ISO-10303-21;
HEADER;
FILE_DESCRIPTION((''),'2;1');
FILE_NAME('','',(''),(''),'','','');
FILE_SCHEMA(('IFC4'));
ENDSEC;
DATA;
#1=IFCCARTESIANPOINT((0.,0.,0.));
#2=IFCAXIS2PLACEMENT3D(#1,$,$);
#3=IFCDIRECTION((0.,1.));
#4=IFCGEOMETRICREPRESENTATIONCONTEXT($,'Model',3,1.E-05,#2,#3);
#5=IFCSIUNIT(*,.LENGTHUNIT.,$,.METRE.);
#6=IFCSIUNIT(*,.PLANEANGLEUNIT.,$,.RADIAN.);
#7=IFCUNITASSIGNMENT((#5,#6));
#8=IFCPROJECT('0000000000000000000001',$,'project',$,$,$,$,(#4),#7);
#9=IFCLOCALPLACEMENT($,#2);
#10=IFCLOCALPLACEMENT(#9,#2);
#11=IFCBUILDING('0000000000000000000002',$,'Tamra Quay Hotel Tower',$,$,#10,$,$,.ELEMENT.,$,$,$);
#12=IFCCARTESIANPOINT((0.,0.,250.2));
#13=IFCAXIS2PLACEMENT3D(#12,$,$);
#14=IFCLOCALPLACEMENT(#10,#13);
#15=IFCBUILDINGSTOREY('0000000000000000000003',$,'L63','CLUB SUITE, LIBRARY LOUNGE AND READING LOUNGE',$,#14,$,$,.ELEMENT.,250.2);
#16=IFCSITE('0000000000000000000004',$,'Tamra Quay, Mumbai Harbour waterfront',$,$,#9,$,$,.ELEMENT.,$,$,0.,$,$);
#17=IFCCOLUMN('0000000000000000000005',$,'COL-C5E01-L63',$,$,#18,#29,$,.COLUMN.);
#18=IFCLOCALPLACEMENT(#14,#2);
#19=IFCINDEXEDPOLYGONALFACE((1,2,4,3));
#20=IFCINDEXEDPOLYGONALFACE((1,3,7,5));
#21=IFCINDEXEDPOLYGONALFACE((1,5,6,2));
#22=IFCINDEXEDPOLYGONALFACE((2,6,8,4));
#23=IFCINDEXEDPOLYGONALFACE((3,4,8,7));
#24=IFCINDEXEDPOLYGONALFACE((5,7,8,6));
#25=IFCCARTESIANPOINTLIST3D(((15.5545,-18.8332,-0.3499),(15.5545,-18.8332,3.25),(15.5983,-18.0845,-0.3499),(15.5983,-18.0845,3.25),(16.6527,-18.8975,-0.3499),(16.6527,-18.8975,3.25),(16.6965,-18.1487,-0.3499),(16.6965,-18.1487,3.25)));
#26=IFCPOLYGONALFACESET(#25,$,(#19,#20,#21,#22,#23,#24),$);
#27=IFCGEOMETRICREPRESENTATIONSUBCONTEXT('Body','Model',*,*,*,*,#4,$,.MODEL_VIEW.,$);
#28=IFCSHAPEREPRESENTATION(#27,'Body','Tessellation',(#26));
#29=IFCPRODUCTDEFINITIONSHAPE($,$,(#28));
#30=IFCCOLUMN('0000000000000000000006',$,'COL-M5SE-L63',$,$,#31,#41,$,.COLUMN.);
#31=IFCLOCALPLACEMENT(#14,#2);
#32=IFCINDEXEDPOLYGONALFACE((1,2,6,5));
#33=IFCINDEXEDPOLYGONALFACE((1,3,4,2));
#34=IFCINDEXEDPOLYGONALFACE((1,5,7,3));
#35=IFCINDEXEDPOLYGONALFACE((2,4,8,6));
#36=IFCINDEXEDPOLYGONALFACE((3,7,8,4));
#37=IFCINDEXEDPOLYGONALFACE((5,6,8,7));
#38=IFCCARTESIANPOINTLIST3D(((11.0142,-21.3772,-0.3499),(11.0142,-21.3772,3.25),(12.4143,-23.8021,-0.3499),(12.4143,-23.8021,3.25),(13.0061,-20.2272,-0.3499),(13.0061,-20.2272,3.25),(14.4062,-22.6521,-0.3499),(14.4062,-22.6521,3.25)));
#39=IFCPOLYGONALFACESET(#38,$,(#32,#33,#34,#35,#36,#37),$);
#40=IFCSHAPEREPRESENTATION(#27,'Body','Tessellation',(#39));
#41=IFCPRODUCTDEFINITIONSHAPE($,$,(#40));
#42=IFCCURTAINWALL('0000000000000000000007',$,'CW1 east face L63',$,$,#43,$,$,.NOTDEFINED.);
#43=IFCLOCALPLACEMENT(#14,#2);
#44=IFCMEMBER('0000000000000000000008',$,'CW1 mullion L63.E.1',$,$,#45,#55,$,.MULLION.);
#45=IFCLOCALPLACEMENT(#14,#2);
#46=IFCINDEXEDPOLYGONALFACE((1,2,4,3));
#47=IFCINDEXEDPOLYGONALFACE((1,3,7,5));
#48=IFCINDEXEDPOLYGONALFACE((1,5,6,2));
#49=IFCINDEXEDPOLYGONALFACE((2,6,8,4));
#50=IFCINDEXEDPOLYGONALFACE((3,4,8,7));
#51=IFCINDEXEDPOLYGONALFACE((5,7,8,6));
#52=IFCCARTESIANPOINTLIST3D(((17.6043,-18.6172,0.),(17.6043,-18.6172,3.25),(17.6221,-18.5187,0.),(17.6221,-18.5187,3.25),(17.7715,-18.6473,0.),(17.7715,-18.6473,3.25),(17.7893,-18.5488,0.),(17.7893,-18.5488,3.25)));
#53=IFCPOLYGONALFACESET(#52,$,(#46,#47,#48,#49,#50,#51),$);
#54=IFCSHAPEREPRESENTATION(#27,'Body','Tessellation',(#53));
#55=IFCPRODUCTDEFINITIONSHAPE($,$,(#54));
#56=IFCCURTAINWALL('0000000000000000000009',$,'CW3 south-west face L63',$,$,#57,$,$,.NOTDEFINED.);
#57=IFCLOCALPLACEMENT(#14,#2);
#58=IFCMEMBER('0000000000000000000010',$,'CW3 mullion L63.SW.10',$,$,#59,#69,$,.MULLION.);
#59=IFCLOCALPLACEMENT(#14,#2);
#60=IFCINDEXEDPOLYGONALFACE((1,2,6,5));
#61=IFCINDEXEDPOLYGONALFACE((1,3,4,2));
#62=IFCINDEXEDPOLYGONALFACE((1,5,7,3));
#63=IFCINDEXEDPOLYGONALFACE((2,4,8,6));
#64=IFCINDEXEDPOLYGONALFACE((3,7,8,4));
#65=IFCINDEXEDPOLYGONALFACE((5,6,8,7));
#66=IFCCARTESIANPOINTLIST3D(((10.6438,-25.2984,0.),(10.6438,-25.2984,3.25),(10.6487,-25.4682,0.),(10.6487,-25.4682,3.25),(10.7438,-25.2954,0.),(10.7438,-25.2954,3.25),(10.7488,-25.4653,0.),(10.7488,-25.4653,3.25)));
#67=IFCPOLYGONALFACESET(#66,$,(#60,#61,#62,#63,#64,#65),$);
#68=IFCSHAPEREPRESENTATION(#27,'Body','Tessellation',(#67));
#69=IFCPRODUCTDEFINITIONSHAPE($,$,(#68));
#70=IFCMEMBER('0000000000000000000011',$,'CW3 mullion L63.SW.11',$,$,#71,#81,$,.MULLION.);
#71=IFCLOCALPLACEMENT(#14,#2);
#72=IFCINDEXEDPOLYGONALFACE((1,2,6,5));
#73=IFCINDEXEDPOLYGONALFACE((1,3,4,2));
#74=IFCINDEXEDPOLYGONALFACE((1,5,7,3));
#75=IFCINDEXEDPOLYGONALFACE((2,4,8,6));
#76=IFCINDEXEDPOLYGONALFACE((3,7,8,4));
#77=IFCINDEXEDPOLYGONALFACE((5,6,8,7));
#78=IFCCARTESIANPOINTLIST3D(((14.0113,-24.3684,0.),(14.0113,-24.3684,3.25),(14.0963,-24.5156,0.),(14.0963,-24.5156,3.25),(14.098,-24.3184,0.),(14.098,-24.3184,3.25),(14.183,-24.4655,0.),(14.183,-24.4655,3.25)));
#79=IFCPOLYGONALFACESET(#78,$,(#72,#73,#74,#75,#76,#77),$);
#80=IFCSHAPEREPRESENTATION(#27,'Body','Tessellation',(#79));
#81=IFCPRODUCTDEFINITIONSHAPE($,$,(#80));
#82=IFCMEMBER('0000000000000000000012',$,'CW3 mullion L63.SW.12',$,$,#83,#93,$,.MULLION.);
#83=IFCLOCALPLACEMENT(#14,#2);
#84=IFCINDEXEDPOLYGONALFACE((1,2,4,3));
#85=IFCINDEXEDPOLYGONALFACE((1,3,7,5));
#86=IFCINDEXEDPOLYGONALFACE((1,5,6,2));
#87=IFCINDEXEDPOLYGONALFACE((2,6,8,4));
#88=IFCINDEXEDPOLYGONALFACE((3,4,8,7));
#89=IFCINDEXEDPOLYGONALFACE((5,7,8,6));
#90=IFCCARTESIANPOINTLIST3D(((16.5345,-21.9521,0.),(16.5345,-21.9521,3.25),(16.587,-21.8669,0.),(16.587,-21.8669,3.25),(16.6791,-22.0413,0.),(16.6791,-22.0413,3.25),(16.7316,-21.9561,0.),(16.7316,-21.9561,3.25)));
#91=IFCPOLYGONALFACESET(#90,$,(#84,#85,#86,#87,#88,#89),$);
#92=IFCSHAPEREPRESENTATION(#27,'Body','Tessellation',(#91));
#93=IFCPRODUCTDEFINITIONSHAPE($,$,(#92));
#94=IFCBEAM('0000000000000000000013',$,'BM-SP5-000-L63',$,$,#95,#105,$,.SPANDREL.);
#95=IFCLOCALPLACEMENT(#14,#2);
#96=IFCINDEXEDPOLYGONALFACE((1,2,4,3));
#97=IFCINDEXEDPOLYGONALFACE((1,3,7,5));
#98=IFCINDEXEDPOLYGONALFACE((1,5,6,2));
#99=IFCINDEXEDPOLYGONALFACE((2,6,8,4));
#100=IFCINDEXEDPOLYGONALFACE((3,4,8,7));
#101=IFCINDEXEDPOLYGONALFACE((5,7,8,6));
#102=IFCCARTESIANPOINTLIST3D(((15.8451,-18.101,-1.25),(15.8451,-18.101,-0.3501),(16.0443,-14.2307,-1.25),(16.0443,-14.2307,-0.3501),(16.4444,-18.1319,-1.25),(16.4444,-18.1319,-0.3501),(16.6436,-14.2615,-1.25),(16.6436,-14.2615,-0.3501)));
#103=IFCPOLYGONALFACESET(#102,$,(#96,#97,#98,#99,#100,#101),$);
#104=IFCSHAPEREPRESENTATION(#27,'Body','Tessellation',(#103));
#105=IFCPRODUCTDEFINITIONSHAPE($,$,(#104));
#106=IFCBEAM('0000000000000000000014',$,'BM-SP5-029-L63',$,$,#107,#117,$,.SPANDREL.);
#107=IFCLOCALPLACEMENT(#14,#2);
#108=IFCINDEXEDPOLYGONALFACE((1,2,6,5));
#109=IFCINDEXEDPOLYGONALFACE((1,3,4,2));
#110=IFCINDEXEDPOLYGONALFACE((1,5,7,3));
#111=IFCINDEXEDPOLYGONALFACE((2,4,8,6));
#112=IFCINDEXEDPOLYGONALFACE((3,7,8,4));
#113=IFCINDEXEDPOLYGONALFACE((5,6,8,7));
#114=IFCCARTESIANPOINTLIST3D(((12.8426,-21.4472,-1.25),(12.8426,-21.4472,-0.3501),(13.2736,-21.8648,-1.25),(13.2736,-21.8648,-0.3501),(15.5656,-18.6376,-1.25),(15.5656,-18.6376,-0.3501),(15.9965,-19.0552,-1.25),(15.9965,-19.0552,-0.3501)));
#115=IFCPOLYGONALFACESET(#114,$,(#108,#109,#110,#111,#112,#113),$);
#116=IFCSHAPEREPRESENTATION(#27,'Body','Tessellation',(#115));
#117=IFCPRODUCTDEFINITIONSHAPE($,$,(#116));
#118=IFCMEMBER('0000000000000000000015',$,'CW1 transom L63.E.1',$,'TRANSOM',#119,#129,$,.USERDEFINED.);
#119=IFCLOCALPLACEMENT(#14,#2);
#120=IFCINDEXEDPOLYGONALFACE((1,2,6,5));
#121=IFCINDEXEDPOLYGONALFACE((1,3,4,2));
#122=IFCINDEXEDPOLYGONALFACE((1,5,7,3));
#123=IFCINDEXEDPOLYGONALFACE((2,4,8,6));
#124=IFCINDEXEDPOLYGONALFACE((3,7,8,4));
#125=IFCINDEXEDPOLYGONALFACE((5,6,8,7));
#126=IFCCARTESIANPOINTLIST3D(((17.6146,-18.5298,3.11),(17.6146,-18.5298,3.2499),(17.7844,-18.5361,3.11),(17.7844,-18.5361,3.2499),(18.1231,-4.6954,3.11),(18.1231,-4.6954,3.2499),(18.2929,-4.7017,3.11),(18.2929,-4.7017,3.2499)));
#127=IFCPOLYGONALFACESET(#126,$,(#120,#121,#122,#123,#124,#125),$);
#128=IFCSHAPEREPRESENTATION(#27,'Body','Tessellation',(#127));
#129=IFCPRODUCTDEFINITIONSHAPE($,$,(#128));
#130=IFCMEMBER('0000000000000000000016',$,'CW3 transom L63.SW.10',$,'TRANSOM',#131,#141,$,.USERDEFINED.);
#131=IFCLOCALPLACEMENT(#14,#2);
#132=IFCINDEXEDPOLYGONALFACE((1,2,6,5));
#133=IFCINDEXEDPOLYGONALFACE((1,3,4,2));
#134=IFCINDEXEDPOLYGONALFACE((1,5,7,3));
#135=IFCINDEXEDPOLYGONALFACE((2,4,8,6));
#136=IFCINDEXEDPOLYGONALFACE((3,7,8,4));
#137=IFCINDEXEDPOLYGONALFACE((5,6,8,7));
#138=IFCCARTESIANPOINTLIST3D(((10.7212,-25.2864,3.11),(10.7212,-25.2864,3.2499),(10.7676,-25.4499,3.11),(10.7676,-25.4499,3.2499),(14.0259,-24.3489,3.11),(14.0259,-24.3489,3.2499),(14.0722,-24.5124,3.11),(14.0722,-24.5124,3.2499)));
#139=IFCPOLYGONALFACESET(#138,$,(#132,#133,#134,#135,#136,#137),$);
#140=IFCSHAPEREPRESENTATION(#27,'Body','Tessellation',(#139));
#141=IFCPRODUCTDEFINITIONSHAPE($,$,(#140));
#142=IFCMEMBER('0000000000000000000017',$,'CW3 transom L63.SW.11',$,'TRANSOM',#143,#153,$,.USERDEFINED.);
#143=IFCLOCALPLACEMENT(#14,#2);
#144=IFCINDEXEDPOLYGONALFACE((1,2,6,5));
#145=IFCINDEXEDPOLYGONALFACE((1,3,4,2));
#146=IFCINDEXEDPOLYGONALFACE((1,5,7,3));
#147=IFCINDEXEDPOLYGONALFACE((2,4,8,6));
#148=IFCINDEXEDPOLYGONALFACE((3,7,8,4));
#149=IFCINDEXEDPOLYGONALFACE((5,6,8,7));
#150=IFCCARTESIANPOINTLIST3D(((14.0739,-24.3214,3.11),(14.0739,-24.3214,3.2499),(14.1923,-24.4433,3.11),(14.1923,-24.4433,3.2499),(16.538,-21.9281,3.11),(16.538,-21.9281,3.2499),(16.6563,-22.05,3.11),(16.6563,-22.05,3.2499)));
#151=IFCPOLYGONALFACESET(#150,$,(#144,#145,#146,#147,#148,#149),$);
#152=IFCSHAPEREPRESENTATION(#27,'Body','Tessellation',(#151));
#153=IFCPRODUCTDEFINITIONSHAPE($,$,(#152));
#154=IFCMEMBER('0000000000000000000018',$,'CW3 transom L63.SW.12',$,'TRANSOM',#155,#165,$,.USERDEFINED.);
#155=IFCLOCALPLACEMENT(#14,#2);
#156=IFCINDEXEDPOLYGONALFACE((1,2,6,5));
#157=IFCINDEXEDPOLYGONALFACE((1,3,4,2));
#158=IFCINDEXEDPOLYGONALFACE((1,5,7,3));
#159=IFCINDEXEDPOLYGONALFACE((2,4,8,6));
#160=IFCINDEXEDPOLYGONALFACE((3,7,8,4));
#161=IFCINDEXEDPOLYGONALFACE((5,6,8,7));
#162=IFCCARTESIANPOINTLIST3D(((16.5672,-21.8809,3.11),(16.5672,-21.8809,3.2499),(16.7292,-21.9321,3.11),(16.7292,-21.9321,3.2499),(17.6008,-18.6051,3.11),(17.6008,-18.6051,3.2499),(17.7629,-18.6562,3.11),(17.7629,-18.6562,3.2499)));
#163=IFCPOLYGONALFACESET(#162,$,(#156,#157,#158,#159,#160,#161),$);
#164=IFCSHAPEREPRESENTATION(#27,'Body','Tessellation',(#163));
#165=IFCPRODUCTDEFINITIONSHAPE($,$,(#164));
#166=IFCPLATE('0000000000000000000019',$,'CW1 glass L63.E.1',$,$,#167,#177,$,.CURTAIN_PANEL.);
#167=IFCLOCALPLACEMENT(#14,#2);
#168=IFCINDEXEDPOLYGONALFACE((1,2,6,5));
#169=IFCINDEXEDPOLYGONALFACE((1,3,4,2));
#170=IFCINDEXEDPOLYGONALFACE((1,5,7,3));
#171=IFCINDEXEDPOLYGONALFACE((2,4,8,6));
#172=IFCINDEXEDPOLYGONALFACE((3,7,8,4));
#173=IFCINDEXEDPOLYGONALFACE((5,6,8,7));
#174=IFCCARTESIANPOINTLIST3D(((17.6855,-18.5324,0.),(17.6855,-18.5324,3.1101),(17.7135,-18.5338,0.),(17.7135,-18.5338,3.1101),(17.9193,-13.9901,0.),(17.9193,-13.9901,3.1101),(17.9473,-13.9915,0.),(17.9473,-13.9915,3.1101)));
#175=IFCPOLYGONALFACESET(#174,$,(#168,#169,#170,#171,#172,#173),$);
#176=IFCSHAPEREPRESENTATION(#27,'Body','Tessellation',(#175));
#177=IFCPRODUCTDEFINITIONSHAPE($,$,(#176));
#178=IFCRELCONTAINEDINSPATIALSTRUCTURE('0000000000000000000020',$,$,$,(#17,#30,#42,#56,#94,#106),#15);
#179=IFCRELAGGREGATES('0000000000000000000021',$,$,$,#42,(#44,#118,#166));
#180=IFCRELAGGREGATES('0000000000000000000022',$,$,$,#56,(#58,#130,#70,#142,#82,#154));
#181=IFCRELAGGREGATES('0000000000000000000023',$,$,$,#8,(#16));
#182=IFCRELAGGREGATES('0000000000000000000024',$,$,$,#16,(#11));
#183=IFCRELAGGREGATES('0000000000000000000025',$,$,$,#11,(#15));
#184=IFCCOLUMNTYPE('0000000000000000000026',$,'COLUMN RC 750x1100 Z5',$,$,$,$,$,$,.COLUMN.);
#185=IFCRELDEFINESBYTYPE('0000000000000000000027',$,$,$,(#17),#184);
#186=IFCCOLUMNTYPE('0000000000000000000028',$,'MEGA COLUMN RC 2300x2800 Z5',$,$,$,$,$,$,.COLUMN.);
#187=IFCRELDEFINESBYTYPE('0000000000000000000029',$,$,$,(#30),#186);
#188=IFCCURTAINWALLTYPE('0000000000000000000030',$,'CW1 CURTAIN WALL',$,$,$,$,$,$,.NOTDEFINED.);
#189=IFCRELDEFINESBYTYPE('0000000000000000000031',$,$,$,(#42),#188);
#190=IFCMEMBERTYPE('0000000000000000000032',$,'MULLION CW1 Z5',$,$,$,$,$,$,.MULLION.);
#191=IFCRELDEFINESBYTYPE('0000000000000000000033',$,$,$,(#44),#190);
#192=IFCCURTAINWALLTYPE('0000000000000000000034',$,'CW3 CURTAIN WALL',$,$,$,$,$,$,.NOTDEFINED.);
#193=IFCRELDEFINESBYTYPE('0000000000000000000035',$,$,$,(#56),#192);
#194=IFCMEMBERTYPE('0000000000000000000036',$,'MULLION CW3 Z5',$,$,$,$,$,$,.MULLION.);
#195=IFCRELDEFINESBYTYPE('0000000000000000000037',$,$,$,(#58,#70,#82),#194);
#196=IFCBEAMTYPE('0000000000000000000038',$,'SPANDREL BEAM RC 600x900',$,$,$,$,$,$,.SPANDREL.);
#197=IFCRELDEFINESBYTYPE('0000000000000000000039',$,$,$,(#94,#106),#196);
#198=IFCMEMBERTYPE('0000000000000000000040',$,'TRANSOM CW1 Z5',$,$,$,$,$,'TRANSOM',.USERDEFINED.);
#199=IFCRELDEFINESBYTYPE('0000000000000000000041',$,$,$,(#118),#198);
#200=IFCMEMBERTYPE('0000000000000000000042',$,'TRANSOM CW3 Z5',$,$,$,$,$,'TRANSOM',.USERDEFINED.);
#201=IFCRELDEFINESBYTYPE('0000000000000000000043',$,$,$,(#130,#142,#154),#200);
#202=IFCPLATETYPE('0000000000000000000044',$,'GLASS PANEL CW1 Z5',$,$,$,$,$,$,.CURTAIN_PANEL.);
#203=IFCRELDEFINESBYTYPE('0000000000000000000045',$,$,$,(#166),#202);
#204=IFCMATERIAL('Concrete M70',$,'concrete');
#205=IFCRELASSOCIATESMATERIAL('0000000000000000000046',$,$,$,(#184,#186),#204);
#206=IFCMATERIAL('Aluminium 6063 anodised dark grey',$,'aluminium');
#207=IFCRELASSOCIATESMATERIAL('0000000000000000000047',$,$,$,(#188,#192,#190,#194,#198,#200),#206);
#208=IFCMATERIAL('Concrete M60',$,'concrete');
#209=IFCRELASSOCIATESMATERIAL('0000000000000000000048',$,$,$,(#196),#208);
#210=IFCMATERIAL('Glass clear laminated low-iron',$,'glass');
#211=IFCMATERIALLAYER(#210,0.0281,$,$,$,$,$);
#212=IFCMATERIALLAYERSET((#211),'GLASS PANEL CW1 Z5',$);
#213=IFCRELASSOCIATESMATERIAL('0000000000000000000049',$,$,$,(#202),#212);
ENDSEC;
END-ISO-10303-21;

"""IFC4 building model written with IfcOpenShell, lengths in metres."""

from ifc_helpers import new_model, si_unit, direction, frame, origin, origin_2d, place, context, subcontext, project, spatial, rectangle, extrude, material, layer, layer_set, material_profile, profile_set, type_object, element, aggregate, save


model = new_model("IFC4")

# Units and contexts
model_context = context("Model", 3, precision=1e-05, world=origin(), true_north=direction((0.0, 1.0)))
body_context = subcontext(model_context, "Body", "Model", "MODEL_VIEW")
ifc_project = project(units=[si_unit("LENGTHUNIT", "METRE"), si_unit("PLANEANGLEUNIT", "RADIAN")], contexts=[model_context])

# Site, building, storey
site_placement = place(None, origin())
site = spatial("IfcSite", under=ifc_project, at=site_placement, Name="Tamra Quay, Mumbai Harbour waterfront", CompositionType="ELEMENT", RefElevation=0.0)
building_placement = place(site_placement, origin())
building = spatial("IfcBuilding", under=site, at=building_placement, Name="Tamra Quay Hotel Tower", CompositionType="ELEMENT")
storey_placement = place(building_placement, frame((0.0, 0.0, 250.2)))
storey = spatial("IfcBuildingStorey", under=building, at=storey_placement, Name="L63", Description="CLUB SUITE, LIBRARY LOUNGE AND READING LOUNGE", CompositionType="ELEMENT", Elevation=250.2)

# Columns
ifc_material_1 = material(Name="Concrete M70", Category="concrete")
ifc_material_profile_1 = material_profile(ifc_material_1, rectangle(XDim=1.1001, YDim=0.75, at=origin_2d()), Name="COLUMN RC 750x1100 Z5")
ifc_profile_set_1 = profile_set([ifc_material_profile_1], Name="Concrete M70")
column_type_1 = type_object("IfcColumnType", Name="COLUMN RC 750x1100 Z5", PredefinedType="COLUMN", material=ifc_profile_set_1)
column_1_placement = place(storey_placement, frame((16.1255, -18.491, -0.3499), z_axis=(0.0, 0.0, 1.0), x_axis=(-0.998292, 0.05842, 0.0)))
element("IfcColumn", 1, at=column_1_placement, inside=storey, type_object=column_type_1, Name="COL-C5E01-L63", PredefinedType="COLUMN", context=body_context, shape_type="SweptSolid", body=[
    extrude(rectangle(XDim=1.1001, YDim=0.75, at=origin_2d()), origin(), (0.0, 0.0, 1.0), 3.5999),
])
ifc_material_profile_2 = material_profile(ifc_material_1, rectangle(XDim=2.8, YDim=2.3, at=origin_2d()), Name="MEGA COLUMN RC 2300x2800 Z5")
ifc_profile_set_2 = profile_set([ifc_material_profile_2], Name="Concrete M70")
column_type_2 = type_object("IfcColumnType", Name="MEGA COLUMN RC 2300x2800 Z5", PredefinedType="COLUMN", material=ifc_profile_set_2)
column_2_placement = place(storey_placement, frame((12.7102, -22.0146, -0.3499), z_axis=(0.0, 0.0, 1.0), x_axis=(-0.5, 0.866025, 0.0)))
element("IfcColumn", 2, at=column_2_placement, inside=storey, type_object=column_type_2, Name="COL-M5SE-L63", PredefinedType="COLUMN", context=body_context, shape_type="SweptSolid", body=[
    extrude(rectangle(XDim=2.8, YDim=2.3, at=origin_2d()), origin(), (0.0, 0.0, 1.0), 3.5999),
])

# Curtain wall, member
ifc_material_2 = material(Name="Aluminium 6063 anodised dark grey", Category="aluminium")
curtain_wall_type_1 = type_object("IfcCurtainWallType", Name="CW1 CURTAIN WALL", PredefinedType="NOTDEFINED", material=ifc_material_2)
curtain_wall_1_placement = place(storey_placement, origin())
curtain_wall_1 = element("IfcCurtainWall", 3, at=curtain_wall_1_placement, inside=storey, type_object=curtain_wall_type_1, Name="CW1 east face L63", PredefinedType="NOTDEFINED")
ifc_material_profile_3 = material_profile(ifc_material_2, rectangle(XDim=0.1699, YDim=0.1001, at=origin_2d()), Name="MULLION 100X170")
ifc_profile_set_3 = profile_set([ifc_material_profile_3], Name="Aluminium 6063 anodised dark grey")
member_type_1 = type_object("IfcMemberType", Name="MULLION CW1 Z5", PredefinedType="MULLION", material=ifc_profile_set_3)
member_1_placement = place(storey_placement, frame((17.6968, -18.583, 0.0), z_axis=(0.0, 0.0, 1.0), x_axis=(0.984105, -0.177586, 0.0)))
member_1 = element("IfcMember", 4, at=member_1_placement, type_object=member_type_1, Name="CW1 mullion L63.E.1", PredefinedType="MULLION", context=body_context, shape_type="SweptSolid", body=[
    extrude(rectangle(XDim=0.1699, YDim=0.1001, at=origin_2d()), origin(), (0.0, 0.0, 1.0), 3.25),
])

# Curtain wall, members
curtain_wall_type_2 = type_object("IfcCurtainWallType", Name="CW3 CURTAIN WALL", PredefinedType="NOTDEFINED", material=ifc_material_2)
curtain_wall_2_placement = place(storey_placement, origin())
curtain_wall_2 = element("IfcCurtainWall", 5, at=curtain_wall_2_placement, inside=storey, type_object=curtain_wall_type_2, Name="CW3 south-west face L63", PredefinedType="NOTDEFINED")
ifc_material_profile_4 = material_profile(ifc_material_2, rectangle(XDim=0.1699, YDim=0.1001, at=origin_2d()), Name="MULLION 100X170")
ifc_profile_set_4 = profile_set([ifc_material_profile_4], Name="Aluminium 6063 anodised dark grey")
member_type_2 = type_object("IfcMemberType", Name="MULLION CW3 Z5", PredefinedType="MULLION", material=ifc_profile_set_4)
member_2_placement = place(storey_placement, frame((10.6963, -25.3818, 0.0), z_axis=(0.0, 0.0, 1.0), x_axis=(0.029223, -0.999573, 0.0)))
member_2 = element("IfcMember", 6, at=member_2_placement, type_object=member_type_2, Name="CW3 mullion L63.SW.10", PredefinedType="MULLION", context=body_context, shape_type="SweptSolid", body=[
    extrude(rectangle(XDim=0.1699, YDim=0.1001, at=origin_2d()), origin(), (0.0, 0.0, 1.0), 3.25),
])
member_3_placement = place(storey_placement, frame((14.0972, -24.417, 0.0), z_axis=(0.0, 0.0, 1.0), x_axis=(0.5, -0.866025, 0.0)))
member_3 = element("IfcMember", 7, at=member_3_placement, type_object=member_type_2, Name="CW3 mullion L63.SW.11", PredefinedType="MULLION", context=body_context, shape_type="SweptSolid", body=[
    extrude(rectangle(XDim=0.1699, YDim=0.1001, at=origin_2d()), origin(), (0.0, 0.0, 1.0), 3.25),
])
member_4_placement = place(storey_placement, frame((16.6331, -21.9541, 0.0), z_axis=(0.0, 0.0, 1.0), x_axis=(0.851044, -0.525094, 0.0)))
member_4 = element("IfcMember", 8, at=member_4_placement, type_object=member_type_2, Name="CW3 mullion L63.SW.12", PredefinedType="MULLION", context=body_context, shape_type="SweptSolid", body=[
    extrude(rectangle(XDim=0.1699, YDim=0.1001, at=origin_2d()), origin(), (0.0, 0.0, 1.0), 3.25),
])

# Beams
ifc_material_3 = material(Name="Concrete M60", Category="concrete")
ifc_material_profile_5 = material_profile(ifc_material_3, rectangle(XDim=0.6001, YDim=0.8999, at=origin_2d()), Name="SPANDREL BEAM RC 600x900")
ifc_profile_set_5 = profile_set([ifc_material_profile_5], Name="Concrete M60")
beam_type = type_object("IfcBeamType", Name="SPANDREL BEAM RC 600x900", PredefinedType="SPANDREL", material=ifc_profile_set_5)
beam_1_placement = place(storey_placement, frame((16.1448, -18.1165, -0.8), z_axis=(0.051405, 0.998678, 0.0), x_axis=(-0.998678, 0.051405, 0.0)))
element("IfcBeam", 9, at=beam_1_placement, inside=storey, type_object=beam_type, Name="BM-SP5-000-L63", PredefinedType="SPANDREL", context=body_context, shape_type="SweptSolid", body=[
    extrude(rectangle(XDim=0.6001, YDim=0.8999, at=origin_2d()), origin(), (0.0, 0.0, 1.0), 3.8755),
])
beam_2_placement = place(storey_placement, frame((13.0581, -21.656, -0.8), z_axis=(0.695944, 0.718096, 0.0), x_axis=(-0.718096, 0.695944, 0.0)))
element("IfcBeam", 10, at=beam_2_placement, inside=storey, type_object=beam_type, Name="BM-SP5-029-L63", PredefinedType="SPANDREL", context=body_context, shape_type="SweptSolid", body=[
    extrude(rectangle(XDim=0.6001, YDim=0.8999, at=origin_2d()), origin(), (0.0, 0.0, 1.0), 3.9126),
])

# Members
ifc_material_profile_6 = material_profile(ifc_material_2, rectangle(XDim=0.1699, YDim=0.1399, at=origin_2d()), Name="TRANSOM 170X140")
ifc_profile_set_6 = profile_set([ifc_material_profile_6], Name="Aluminium 6063 anodised dark grey")
member_type_3 = type_object("IfcMemberType", Name="TRANSOM CW1 Z5", ElementType="TRANSOM", PredefinedType="USERDEFINED", material=ifc_profile_set_6)
member_5_placement = place(storey_placement, frame((17.6995, -18.533, 3.1799), z_axis=(0.036734, 0.999325, 0.0), x_axis=(-0.999325, 0.036734, 0.0)))
member_5 = element("IfcMember", 11, at=member_5_placement, type_object=member_type_3, Name="CW1 transom L63.E.1", ObjectType="TRANSOM", PredefinedType="USERDEFINED", context=body_context, shape_type="SweptSolid", body=[
    extrude(rectangle(XDim=0.1699, YDim=0.1399, at=origin_2d()), origin(), (0.0, 0.0, 1.0), 13.8438),
])
ifc_material_profile_7 = material_profile(ifc_material_2, rectangle(XDim=0.1699, YDim=0.1399, at=origin_2d()), Name="TRANSOM 170X140")
ifc_profile_set_7 = profile_set([ifc_material_profile_7], Name="Aluminium 6063 anodised dark grey")
member_type_4 = type_object("IfcMemberType", Name="TRANSOM CW3 Z5", ElementType="TRANSOM", PredefinedType="USERDEFINED", material=ifc_profile_set_7)
member_6_placement = place(storey_placement, frame((10.7444, -25.3682, 3.1799), z_axis=(0.962037, 0.272918, 0.0), x_axis=(-0.272918, 0.962037, 0.0)))
member_6 = element("IfcMember", 12, at=member_6_placement, type_object=member_type_4, Name="CW3 transom L63.SW.10", ObjectType="TRANSOM", PredefinedType="USERDEFINED", context=body_context, shape_type="SweptSolid", body=[
    extrude(rectangle(XDim=0.1699, YDim=0.1399, at=origin_2d()), origin(), (0.0, 0.0, 1.0), 3.4351),
])
member_7_placement = place(storey_placement, frame((14.1331, -24.3823, 3.1799), z_axis=(0.717337, 0.696726, 0.0), x_axis=(-0.696726, 0.717337, 0.0)))
member_7 = element("IfcMember", 13, at=member_7_placement, type_object=member_type_4, Name="CW3 transom L63.SW.11", ObjectType="TRANSOM", PredefinedType="USERDEFINED", context=body_context, shape_type="SweptSolid", body=[
    extrude(rectangle(XDim=0.1699, YDim=0.1399, at=origin_2d()), origin(), (0.0, 0.0, 1.0), 3.4351),
])
member_8_placement = place(storey_placement, frame((16.6482, -21.9065, 3.1799), z_axis=(0.30092, 0.953649, 0.0), x_axis=(-0.953649, 0.30092, 0.0)))
member_8 = element("IfcMember", 14, at=member_8_placement, type_object=member_type_4, Name="CW3 transom L63.SW.12", ObjectType="TRANSOM", PredefinedType="USERDEFINED", context=body_context, shape_type="SweptSolid", body=[
    extrude(rectangle(XDim=0.1699, YDim=0.1399, at=origin_2d()), origin(), (0.0, 0.0, 1.0), 3.4351),
])

# Plate
ifc_material_4 = material(Name="Glass clear laminated low-iron", Category="glass")
ifc_layer_1 = layer(ifc_material_4, 0.0281)
ifc_layer_set_1 = layer_set([ifc_layer_1], Name="GLASS PANEL CW1 Z5")
plate_type_1 = type_object("IfcPlateType", Name="GLASS PANEL CW1 Z5", PredefinedType="CURTAIN_PANEL", material=ifc_layer_set_1)
plate_1_placement = place(storey_placement, frame((17.8164, -16.262, 0.0), z_axis=(0.0, 0.0, 1.0), x_axis=(0.051403, 0.998678, 0.0)))
plate_1 = element("IfcPlate", 15, at=plate_1_placement, type_object=plate_type_1, Name="CW1 glass L63.E.1", PredefinedType="CURTAIN_PANEL", context=body_context, shape_type="SweptSolid", body=[
    extrude(rectangle(XDim=4.5483, YDim=0.0281, at=origin_2d()), origin(), (0.0, 0.0, 1.0), 3.1101),
])
aggregate(curtain_wall_1, [member_1, member_5, plate_1])
aggregate(curtain_wall_2, [member_2, member_6, member_3, member_7, member_4, member_8])

save(model, "model.ifc")
